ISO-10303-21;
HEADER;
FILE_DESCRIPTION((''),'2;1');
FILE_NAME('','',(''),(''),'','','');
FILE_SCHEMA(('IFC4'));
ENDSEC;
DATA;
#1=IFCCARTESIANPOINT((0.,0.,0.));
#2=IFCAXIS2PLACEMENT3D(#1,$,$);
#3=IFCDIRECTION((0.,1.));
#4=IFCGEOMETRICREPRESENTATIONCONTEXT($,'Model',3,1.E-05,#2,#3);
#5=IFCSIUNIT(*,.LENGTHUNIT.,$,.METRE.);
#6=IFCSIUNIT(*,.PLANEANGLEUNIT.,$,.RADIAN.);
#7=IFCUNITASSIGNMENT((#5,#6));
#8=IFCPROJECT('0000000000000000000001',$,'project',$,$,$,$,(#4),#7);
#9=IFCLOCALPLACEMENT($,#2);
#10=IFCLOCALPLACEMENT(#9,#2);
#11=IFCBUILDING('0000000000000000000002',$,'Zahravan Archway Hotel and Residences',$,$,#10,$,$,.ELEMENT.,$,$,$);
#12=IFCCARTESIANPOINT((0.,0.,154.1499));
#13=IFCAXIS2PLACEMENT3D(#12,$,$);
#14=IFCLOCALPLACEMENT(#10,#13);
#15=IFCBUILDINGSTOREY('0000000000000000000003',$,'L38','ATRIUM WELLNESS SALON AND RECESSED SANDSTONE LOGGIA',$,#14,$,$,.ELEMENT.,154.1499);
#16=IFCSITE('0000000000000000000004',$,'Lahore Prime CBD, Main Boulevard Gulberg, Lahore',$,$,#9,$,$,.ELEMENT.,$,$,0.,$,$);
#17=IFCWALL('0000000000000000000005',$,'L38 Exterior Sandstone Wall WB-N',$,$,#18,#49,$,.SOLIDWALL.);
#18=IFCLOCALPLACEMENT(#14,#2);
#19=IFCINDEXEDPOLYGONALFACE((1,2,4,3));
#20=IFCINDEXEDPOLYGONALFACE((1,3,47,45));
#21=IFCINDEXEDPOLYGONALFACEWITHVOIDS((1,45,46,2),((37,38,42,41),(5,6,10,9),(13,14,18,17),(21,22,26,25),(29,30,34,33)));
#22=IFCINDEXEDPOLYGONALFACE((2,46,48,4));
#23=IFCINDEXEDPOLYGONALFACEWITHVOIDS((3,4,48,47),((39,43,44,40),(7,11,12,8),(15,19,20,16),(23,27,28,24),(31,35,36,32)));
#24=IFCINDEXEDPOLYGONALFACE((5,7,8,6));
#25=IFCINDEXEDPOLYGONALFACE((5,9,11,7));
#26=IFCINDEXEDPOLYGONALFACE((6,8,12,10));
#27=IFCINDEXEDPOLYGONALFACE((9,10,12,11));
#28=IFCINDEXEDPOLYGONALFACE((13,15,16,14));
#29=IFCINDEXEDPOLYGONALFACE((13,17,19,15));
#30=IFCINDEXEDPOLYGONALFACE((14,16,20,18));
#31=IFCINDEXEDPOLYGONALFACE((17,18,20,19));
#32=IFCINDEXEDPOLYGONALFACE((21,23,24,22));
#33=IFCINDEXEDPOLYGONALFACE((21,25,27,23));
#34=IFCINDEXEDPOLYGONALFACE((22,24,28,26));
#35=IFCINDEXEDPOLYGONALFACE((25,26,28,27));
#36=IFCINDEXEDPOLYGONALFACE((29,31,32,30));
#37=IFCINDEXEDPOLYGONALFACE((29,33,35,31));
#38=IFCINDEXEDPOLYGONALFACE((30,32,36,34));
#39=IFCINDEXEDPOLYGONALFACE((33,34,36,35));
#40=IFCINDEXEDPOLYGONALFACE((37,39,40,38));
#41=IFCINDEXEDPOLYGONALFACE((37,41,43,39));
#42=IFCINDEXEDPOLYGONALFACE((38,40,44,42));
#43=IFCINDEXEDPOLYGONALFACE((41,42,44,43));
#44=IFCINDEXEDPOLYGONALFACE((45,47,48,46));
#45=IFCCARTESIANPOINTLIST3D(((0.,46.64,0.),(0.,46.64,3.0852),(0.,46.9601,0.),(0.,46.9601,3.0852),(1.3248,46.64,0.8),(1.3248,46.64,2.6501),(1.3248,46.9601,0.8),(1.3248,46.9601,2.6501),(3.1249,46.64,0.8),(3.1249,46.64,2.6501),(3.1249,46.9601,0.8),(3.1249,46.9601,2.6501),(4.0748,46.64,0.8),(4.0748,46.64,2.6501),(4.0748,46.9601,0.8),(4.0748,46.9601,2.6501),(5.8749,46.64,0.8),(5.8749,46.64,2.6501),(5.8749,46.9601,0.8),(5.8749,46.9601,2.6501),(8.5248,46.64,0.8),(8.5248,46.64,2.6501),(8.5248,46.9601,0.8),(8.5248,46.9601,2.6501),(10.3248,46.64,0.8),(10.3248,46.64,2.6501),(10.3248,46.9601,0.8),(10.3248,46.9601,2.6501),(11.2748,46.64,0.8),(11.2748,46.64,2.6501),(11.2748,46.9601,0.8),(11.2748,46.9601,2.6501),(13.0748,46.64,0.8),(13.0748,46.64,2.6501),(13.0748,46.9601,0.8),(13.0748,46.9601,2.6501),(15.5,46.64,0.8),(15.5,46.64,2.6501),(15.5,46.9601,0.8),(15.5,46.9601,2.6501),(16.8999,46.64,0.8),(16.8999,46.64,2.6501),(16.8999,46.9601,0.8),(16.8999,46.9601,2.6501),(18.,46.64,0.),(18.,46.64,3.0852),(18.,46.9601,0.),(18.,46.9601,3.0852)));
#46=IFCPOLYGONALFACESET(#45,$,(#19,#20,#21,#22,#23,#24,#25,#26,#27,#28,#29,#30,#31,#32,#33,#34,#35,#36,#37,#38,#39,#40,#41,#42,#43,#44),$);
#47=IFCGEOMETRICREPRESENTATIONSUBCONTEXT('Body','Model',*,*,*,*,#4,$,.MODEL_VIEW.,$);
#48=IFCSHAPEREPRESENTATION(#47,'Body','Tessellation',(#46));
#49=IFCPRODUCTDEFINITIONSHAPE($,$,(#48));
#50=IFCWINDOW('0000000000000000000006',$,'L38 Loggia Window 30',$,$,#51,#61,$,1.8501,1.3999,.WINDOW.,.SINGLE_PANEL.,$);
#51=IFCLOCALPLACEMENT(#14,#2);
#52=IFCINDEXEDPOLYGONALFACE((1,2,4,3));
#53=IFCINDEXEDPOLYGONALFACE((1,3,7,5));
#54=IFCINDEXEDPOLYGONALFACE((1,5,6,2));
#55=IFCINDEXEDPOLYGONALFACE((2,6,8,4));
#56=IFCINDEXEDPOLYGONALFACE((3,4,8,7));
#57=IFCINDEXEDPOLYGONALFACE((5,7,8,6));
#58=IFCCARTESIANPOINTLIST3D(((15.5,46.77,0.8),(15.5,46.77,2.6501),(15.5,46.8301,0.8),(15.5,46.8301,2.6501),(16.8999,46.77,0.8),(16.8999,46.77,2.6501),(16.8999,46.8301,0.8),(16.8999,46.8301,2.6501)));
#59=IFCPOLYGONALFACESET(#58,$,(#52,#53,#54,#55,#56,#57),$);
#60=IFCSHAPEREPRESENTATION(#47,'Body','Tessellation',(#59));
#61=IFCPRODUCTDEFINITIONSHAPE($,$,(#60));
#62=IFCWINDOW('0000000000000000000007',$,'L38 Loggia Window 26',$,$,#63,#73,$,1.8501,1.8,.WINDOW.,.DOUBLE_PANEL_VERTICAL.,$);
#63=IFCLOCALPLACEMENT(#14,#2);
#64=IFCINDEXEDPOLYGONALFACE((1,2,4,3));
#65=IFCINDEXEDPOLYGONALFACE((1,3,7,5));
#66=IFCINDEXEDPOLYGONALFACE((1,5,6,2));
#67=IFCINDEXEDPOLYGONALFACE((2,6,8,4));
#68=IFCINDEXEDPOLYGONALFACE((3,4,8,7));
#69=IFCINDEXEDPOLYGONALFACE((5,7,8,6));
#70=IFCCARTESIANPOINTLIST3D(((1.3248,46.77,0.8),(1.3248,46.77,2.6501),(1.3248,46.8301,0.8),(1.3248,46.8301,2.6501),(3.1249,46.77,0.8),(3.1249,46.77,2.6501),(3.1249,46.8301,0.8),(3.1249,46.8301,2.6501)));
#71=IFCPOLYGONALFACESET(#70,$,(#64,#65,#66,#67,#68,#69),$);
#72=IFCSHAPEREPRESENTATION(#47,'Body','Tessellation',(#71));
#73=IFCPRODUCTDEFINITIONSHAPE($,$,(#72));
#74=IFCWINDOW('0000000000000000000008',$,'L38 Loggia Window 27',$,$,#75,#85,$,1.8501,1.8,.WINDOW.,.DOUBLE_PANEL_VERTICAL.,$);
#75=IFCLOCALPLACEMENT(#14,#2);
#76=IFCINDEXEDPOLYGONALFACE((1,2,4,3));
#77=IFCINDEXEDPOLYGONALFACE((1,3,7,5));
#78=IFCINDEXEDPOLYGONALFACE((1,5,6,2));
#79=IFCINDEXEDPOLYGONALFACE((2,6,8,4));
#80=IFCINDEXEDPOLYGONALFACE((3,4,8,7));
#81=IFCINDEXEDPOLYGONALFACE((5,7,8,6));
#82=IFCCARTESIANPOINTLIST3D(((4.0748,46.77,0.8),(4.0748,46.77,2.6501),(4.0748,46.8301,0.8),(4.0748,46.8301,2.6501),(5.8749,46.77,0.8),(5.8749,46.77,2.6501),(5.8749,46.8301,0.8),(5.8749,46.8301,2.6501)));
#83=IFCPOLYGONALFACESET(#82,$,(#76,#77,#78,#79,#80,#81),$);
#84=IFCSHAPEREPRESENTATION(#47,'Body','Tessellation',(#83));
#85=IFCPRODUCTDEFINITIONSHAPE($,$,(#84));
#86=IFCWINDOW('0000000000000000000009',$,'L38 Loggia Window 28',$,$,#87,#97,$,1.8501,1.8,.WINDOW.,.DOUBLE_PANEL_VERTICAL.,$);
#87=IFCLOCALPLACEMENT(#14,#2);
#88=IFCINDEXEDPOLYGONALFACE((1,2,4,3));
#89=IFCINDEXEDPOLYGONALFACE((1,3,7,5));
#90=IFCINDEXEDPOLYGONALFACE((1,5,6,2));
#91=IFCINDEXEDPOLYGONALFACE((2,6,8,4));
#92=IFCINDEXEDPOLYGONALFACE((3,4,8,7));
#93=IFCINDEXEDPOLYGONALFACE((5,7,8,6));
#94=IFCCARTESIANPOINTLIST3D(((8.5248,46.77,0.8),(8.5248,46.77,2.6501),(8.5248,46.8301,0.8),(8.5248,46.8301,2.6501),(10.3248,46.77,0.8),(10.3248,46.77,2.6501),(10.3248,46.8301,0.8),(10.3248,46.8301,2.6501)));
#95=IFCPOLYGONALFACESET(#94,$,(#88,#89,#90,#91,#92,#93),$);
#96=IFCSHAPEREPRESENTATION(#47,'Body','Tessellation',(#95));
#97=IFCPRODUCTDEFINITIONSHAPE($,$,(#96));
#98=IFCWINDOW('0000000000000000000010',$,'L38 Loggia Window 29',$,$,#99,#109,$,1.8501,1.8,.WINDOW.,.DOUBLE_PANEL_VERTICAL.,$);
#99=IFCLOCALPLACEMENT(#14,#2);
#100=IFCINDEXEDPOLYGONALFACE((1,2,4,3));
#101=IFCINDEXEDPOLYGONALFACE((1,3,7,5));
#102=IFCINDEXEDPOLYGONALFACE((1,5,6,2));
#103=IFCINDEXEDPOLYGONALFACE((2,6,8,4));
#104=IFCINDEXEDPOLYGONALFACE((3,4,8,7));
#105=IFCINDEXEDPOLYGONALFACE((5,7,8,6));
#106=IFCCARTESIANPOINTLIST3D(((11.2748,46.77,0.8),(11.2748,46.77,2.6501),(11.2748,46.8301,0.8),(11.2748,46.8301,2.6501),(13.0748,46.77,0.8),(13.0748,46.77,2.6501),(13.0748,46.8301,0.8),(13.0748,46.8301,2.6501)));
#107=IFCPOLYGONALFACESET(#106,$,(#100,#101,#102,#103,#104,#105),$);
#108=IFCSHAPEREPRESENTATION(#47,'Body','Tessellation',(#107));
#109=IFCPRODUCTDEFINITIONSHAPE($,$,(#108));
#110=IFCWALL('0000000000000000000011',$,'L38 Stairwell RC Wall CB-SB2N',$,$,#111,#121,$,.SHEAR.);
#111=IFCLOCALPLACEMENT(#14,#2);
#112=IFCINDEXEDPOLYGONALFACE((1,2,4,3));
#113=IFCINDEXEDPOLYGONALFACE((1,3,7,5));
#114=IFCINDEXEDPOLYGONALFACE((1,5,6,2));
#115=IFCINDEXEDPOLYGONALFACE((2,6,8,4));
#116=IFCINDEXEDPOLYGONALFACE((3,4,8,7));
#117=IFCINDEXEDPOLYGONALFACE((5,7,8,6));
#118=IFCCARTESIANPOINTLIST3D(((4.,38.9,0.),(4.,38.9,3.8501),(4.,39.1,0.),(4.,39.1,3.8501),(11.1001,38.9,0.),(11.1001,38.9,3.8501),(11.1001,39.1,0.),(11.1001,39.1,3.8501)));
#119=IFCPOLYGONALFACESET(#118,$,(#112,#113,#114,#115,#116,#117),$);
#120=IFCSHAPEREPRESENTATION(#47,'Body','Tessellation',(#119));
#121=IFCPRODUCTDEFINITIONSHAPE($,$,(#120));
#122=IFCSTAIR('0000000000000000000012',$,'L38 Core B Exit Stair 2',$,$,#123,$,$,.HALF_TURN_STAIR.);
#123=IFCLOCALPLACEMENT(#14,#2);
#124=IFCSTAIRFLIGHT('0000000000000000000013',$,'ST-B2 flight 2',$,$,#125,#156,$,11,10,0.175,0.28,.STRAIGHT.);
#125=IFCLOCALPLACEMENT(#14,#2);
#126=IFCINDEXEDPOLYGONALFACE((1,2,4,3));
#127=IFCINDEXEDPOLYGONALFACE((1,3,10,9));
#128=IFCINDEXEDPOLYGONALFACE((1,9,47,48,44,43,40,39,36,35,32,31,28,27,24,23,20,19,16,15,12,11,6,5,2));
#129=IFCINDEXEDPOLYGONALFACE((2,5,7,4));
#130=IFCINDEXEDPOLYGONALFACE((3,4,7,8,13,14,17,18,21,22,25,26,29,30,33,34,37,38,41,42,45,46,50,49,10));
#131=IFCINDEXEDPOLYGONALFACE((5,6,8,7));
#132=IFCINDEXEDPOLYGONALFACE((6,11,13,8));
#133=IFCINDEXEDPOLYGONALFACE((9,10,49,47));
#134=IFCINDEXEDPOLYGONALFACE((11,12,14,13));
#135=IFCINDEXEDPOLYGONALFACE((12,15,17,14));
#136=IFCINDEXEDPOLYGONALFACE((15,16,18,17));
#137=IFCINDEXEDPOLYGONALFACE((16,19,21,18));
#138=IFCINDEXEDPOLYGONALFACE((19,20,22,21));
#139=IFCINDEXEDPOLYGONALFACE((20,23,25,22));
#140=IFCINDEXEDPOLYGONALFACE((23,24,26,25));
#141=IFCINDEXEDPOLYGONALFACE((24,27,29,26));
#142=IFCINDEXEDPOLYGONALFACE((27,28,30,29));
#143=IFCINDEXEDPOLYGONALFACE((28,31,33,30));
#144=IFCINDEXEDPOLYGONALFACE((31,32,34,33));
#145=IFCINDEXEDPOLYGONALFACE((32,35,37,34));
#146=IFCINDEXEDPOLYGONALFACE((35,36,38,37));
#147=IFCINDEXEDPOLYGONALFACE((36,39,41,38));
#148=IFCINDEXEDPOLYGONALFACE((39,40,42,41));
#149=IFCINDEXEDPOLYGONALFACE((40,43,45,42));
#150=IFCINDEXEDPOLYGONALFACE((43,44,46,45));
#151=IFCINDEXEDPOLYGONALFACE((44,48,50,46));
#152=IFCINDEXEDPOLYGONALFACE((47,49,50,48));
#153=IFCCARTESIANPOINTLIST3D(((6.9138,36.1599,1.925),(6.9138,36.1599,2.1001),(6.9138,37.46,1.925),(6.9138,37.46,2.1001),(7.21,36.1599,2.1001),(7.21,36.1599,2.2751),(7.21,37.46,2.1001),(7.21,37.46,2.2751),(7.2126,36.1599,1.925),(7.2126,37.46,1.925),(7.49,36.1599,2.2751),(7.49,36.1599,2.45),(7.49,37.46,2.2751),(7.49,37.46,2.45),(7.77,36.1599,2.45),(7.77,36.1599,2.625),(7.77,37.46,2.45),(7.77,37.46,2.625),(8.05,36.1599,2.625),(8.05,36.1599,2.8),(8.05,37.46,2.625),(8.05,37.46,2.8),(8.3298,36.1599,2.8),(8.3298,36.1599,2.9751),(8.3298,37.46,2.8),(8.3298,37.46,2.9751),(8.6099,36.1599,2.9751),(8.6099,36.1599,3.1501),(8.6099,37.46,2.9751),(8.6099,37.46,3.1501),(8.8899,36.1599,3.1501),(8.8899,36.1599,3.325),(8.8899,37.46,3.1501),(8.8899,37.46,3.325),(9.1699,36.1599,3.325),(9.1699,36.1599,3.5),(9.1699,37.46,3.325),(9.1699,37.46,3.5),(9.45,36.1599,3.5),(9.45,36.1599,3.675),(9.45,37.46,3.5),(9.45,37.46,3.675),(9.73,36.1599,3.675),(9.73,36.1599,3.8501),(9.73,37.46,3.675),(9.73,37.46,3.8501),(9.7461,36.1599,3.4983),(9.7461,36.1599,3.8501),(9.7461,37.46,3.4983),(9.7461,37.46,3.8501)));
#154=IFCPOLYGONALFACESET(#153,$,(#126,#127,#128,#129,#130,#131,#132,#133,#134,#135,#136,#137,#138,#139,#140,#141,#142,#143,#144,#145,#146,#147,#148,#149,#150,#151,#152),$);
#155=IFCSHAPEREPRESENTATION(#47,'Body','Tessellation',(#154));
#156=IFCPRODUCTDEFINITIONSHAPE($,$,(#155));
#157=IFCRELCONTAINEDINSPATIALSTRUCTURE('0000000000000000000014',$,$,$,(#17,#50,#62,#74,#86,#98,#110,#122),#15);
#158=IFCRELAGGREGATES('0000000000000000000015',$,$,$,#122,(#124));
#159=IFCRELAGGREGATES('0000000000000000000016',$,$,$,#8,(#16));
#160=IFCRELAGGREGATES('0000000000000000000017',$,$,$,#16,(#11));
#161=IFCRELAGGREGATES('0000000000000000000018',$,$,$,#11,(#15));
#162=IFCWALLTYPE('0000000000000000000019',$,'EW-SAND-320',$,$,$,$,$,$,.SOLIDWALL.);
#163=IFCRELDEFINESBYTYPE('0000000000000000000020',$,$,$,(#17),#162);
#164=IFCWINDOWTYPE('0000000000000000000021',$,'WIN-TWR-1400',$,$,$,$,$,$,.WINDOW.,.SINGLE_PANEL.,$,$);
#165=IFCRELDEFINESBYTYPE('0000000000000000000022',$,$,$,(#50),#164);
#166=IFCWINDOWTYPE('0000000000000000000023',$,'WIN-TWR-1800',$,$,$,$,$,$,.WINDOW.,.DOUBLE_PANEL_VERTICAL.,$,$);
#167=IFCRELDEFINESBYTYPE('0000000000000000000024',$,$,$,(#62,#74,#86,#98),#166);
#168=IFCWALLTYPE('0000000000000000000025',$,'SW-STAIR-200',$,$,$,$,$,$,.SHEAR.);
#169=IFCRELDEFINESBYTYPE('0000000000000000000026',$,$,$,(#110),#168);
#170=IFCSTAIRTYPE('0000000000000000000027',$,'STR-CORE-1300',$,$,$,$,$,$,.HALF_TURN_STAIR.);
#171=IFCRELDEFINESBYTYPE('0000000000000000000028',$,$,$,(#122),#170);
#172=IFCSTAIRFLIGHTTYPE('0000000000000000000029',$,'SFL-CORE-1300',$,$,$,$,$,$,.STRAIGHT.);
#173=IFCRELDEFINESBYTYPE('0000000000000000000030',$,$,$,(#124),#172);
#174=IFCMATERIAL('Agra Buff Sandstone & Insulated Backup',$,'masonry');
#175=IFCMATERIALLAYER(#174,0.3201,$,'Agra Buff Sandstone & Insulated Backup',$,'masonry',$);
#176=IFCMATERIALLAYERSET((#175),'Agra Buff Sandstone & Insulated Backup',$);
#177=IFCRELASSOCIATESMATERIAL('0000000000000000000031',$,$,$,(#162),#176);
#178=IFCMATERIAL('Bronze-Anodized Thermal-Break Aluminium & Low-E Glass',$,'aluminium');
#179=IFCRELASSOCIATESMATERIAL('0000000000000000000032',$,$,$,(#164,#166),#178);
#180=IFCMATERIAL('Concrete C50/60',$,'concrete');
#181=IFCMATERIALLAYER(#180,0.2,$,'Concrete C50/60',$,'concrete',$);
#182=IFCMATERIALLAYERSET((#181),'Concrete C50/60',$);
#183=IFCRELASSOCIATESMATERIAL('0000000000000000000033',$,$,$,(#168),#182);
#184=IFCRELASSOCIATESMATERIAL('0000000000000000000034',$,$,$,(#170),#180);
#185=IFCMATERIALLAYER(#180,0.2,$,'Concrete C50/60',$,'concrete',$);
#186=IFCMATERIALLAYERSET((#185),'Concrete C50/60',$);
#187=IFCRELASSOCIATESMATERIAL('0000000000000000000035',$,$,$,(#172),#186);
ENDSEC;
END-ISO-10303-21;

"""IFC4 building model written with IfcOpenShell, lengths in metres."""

from ifc_helpers import new_model, si_unit, direction, frame, frame_2d, origin, place, context, subcontext, project, spatial, polyline, rectangle, outline, extrude, source, transform, mapped, material, layer, layer_set, type_object, type_shapes, element, fill, aggregate, save


model = new_model("IFC4")

# Units and contexts
model_context = context("Model", 3, precision=1e-05, world=origin(), true_north=direction((0.0, 1.0)))
body_context = subcontext(model_context, "Body", "Model", "MODEL_VIEW")
ifc_project = project(units=[si_unit("LENGTHUNIT", "METRE"), si_unit("PLANEANGLEUNIT", "RADIAN")], contexts=[model_context])

# Site, building, storey
site_placement = place(None, origin())
site = spatial("IfcSite", under=ifc_project, at=site_placement, Name="Lahore Prime CBD, Main Boulevard Gulberg, Lahore", CompositionType="ELEMENT", RefElevation=0.0)
building_placement = place(site_placement, origin())
building = spatial("IfcBuilding", under=site, at=building_placement, Name="Zahravan Archway Hotel and Residences", CompositionType="ELEMENT")
storey_placement = place(building_placement, frame((0.0, 0.0, 154.1499)))
storey = spatial("IfcBuildingStorey", under=building, at=storey_placement, Name="L38", Description="ATRIUM WELLNESS SALON AND RECESSED SANDSTONE LOGGIA", CompositionType="ELEMENT", Elevation=154.1499)

# Wall, openings, windows
ifc_material_1 = material(Name="Agra Buff Sandstone & Insulated Backup", Category="masonry")
ifc_layer_1 = layer(ifc_material_1, 0.3201, Name="Agra Buff Sandstone & Insulated Backup", Category="masonry")
ifc_layer_set_1 = layer_set([ifc_layer_1], Name="Agra Buff Sandstone & Insulated Backup")
wall_type_1 = type_object("IfcWallType", Name="EW-SAND-320", PredefinedType="SOLIDWALL", material=ifc_layer_set_1)
wall_1_placement = place(storey_placement, frame((0.0, 46.8, 0.0), z_axis=(0.0, 0.0, 1.0), x_axis=(1.0, 0.0, 0.0)))
wall_1 = element("IfcWall", 1, at=wall_1_placement, inside=storey, type_object=wall_type_1, Name="L38 Exterior Sandstone Wall WB-N", PredefinedType="SOLIDWALL", context=body_context, shape_type="SweptSolid", body=[
    extrude(rectangle(XDim=18.0, YDim=0.3201, at=frame_2d((9.0, 0.0))), origin(), (0.0, 0.0, 1.0), 3.0852),
])
opening_1_placement = place(wall_1_placement, frame((1.325, 0.0, 0.8)))
opening_1 = element("IfcOpeningElement", 2, at=opening_1_placement, cuts=wall_1, PredefinedType="OPENING", context=body_context, shape_type="SweptSolid", body=[
    extrude(rectangle(XDim=1.8, YDim=1.8501, at=frame_2d((0.8999, 0.925))), frame((0.0, 0.1699, 0.0), z_axis=(0.0, -1.0, 0.0), x_axis=(1.0, 0.0, 0.0)), (0.0, 0.0, 1.0), 0.3401),
])
opening_2_placement = place(wall_1_placement, frame((4.075, 0.0, 0.8)))
opening_2 = element("IfcOpeningElement", 3, at=opening_2_placement, cuts=wall_1, PredefinedType="OPENING", context=body_context, shape_type="SweptSolid", body=[
    extrude(rectangle(XDim=1.8, YDim=1.8501, at=frame_2d((0.8999, 0.925))), frame((0.0, 0.1699, 0.0), z_axis=(0.0, -1.0, 0.0), x_axis=(1.0, 0.0, 0.0)), (0.0, 0.0, 1.0), 0.3401),
])
opening_3_placement = place(wall_1_placement, frame((8.5249, 0.0, 0.8)))
opening_3 = element("IfcOpeningElement", 4, at=opening_3_placement, cuts=wall_1, PredefinedType="OPENING", context=body_context, shape_type="SweptSolid", body=[
    extrude(rectangle(XDim=1.8, YDim=1.8501, at=frame_2d((0.8999, 0.925))), frame((0.0, 0.1699, 0.0), z_axis=(0.0, -1.0, 0.0), x_axis=(1.0, 0.0, 0.0)), (0.0, 0.0, 1.0), 0.3401),
])
opening_4_placement = place(wall_1_placement, frame((11.2749, 0.0, 0.8)))
opening_4 = element("IfcOpeningElement", 5, at=opening_4_placement, cuts=wall_1, PredefinedType="OPENING", context=body_context, shape_type="SweptSolid", body=[
    extrude(rectangle(XDim=1.8, YDim=1.8501, at=frame_2d((0.8999, 0.925))), frame((0.0, 0.1699, 0.0), z_axis=(0.0, -1.0, 0.0), x_axis=(1.0, 0.0, 0.0)), (0.0, 0.0, 1.0), 0.3401),
])
opening_5_placement = place(wall_1_placement, frame((15.5, 0.0, 0.8)))
opening_5 = element("IfcOpeningElement", 6, at=opening_5_placement, cuts=wall_1, PredefinedType="OPENING", context=body_context, shape_type="SweptSolid", body=[
    extrude(rectangle(XDim=1.3999, YDim=1.8501, at=frame_2d((0.7, 0.925))), frame((0.0, 0.1699, 0.0), z_axis=(0.0, -1.0, 0.0), x_axis=(1.0, 0.0, 0.0)), (0.0, 0.0, 1.0), 0.3401),
])
ifc_material_2 = material(Name="Bronze-Anodized Thermal-Break Aluminium & Low-E Glass", Category="aluminium")
window_type_1 = type_object("IfcWindowType", Name="WIN-TWR-1400", PartitioningType="SINGLE_PANEL", PredefinedType="WINDOW", material=ifc_material_2)
shared_shape_1 = source(origin(), body_context, "Body", "SweptSolid", [
    extrude(rectangle(XDim=1.3999, YDim=1.8501, at=frame_2d((0.7, 0.925))), frame((0.0, 0.03, 0.0), z_axis=(0.0, -1.0, 0.0), x_axis=(1.0, 0.0, 0.0)), (0.0, 0.0, 1.0), 0.0601),
])
type_shapes(window_type_1, [shared_shape_1])
window_1_placement = place(opening_5_placement, origin())
window_1 = element("IfcWindow", 7, at=window_1_placement, inside=storey, type_object=window_type_1, Name="L38 Loggia Window 30", OverallHeight=1.8501, OverallWidth=1.3999, PartitioningType="SINGLE_PANEL", PredefinedType="WINDOW", context=body_context, shape_type="MappedRepresentation", body=[
    mapped(shared_shape_1, transform((0.0, 0.0, 0.0), scale=1.0)),
])
fill(opening_5, window_1)
window_type_2 = type_object("IfcWindowType", Name="WIN-TWR-1800", PartitioningType="DOUBLE_PANEL_VERTICAL", PredefinedType="WINDOW", material=ifc_material_2)
shared_shape_2 = source(origin(), body_context, "Body", "SweptSolid", [
    extrude(rectangle(XDim=1.8, YDim=1.8501, at=frame_2d((0.8999, 0.925))), frame((0.0, 0.03, 0.0), z_axis=(0.0, -1.0, 0.0), x_axis=(1.0, 0.0, 0.0)), (0.0, 0.0, 1.0), 0.0601),
])
type_shapes(window_type_2, [shared_shape_2])
window_2_placement = place(opening_1_placement, origin())
window_2 = element("IfcWindow", 8, at=window_2_placement, inside=storey, type_object=window_type_2, Name="L38 Loggia Window 26", OverallHeight=1.8501, OverallWidth=1.8, PartitioningType="DOUBLE_PANEL_VERTICAL", PredefinedType="WINDOW", context=body_context, shape_type="MappedRepresentation", body=[
    mapped(shared_shape_2, transform((0.0, 0.0, 0.0), scale=1.0)),
])
fill(opening_1, window_2)
window_3_placement = place(opening_2_placement, origin())
window_3 = element("IfcWindow", 9, at=window_3_placement, inside=storey, type_object=window_type_2, Name="L38 Loggia Window 27", OverallHeight=1.8501, OverallWidth=1.8, PartitioningType="DOUBLE_PANEL_VERTICAL", PredefinedType="WINDOW", context=body_context, shape_type="MappedRepresentation", body=[
    mapped(shared_shape_2, transform((0.0, 0.0, 0.0), scale=1.0)),
])
fill(opening_2, window_3)
window_4_placement = place(opening_3_placement, origin())
window_4 = element("IfcWindow", 10, at=window_4_placement, inside=storey, type_object=window_type_2, Name="L38 Loggia Window 28", OverallHeight=1.8501, OverallWidth=1.8, PartitioningType="DOUBLE_PANEL_VERTICAL", PredefinedType="WINDOW", context=body_context, shape_type="MappedRepresentation", body=[
    mapped(shared_shape_2, transform((0.0, 0.0, 0.0), scale=1.0)),
])
fill(opening_3, window_4)
window_5_placement = place(opening_4_placement, origin())
window_5 = element("IfcWindow", 11, at=window_5_placement, inside=storey, type_object=window_type_2, Name="L38 Loggia Window 29", OverallHeight=1.8501, OverallWidth=1.8, PartitioningType="DOUBLE_PANEL_VERTICAL", PredefinedType="WINDOW", context=body_context, shape_type="MappedRepresentation", body=[
    mapped(shared_shape_2, transform((0.0, 0.0, 0.0), scale=1.0)),
])
fill(opening_4, window_5)

# Wall
ifc_material_3 = material(Name="Concrete C50/60", Category="concrete")
ifc_layer_2 = layer(ifc_material_3, 0.2, Name="Concrete C50/60", Category="concrete")
ifc_layer_set_2 = layer_set([ifc_layer_2], Name="Concrete C50/60")
wall_type_2 = type_object("IfcWallType", Name="SW-STAIR-200", PredefinedType="SHEAR", material=ifc_layer_set_2)
wall_2_placement = place(storey_placement, frame((4.0, 39.0, 0.0), z_axis=(0.0, 0.0, 1.0), x_axis=(1.0, 0.0, 0.0)))
element("IfcWall", 12, at=wall_2_placement, inside=storey, type_object=wall_type_2, Name="L38 Stairwell RC Wall CB-SB2N", PredefinedType="SHEAR", context=body_context, shape_type="SweptSolid", body=[
    extrude(rectangle(XDim=7.1001, YDim=0.2, at=frame_2d((3.55, 0.0))), origin(), (0.0, 0.0, 1.0), 3.8501),
])

# Stair, stair flight
stair_type = type_object("IfcStairType", Name="STR-CORE-1300", PredefinedType="HALF_TURN_STAIR", material=ifc_material_3)
stair_placement = place(storey_placement, origin())
stair = element("IfcStair", 13, at=stair_placement, inside=storey, type_object=stair_type, Name="L38 Core B Exit Stair 2", PredefinedType="HALF_TURN_STAIR")
ifc_layer_3 = layer(ifc_material_3, 0.2, Name="Concrete C50/60", Category="concrete")
ifc_layer_set_3 = layer_set([ifc_layer_3], Name="Concrete C50/60")
stair_flight_type = type_object("IfcStairFlightType", Name="SFL-CORE-1300", PredefinedType="STRAIGHT", material=ifc_layer_set_3)
shared_shape_3 = source(origin(), body_context, "Body", "SweptSolid", [
    extrude(outline(polyline([(-0.0161, 0.0), (-0.0161, 0.175), (0.28, 0.175), (0.28, 0.3501), (0.5601, 0.3501), (0.5601, 0.5249), (0.8401, 0.5249), (0.8401, 0.7), (1.1201, 0.7), (1.1201, 0.875), (1.3999, 0.875), (1.3999, 1.05), (1.6799, 1.05), (1.6799, 1.2251), (1.96, 1.2251), (1.96, 1.3999), (2.24, 1.3999), (2.24, 1.575), (2.52, 1.575), (2.52, 1.75), (2.8, 1.75), (2.8, 1.925), (2.8162, 1.925), (2.8162, 1.5732), (0.2827, 0.0), (-0.0161, 0.0)])), frame((0.0, 0.6499, 0.0), z_axis=(0.0, -1.0, 0.0), x_axis=(1.0, 0.0, 0.0)), (0.0, 0.0, 1.0), 1.3),
])
stair_flight_placement = place(storey_placement, frame((6.9299, 36.8101, 1.925), z_axis=(0.0, 0.0, 1.0), x_axis=(1.0, 0.0, 0.0)))
stair_flight = element("IfcStairFlight", 14, at=stair_flight_placement, type_object=stair_flight_type, Name="ST-B2 flight 2", NumberOfRisers=11, NumberOfTreads=10, PredefinedType="STRAIGHT", RiserHeight=0.175, TreadLength=0.28, context=body_context, shape_type="MappedRepresentation", body=[
    mapped(shared_shape_3, transform((0.0, 0.0, 0.0), scale=1.0)),
])
aggregate(stair, [stair_flight])

save(model, "model.ifc")
